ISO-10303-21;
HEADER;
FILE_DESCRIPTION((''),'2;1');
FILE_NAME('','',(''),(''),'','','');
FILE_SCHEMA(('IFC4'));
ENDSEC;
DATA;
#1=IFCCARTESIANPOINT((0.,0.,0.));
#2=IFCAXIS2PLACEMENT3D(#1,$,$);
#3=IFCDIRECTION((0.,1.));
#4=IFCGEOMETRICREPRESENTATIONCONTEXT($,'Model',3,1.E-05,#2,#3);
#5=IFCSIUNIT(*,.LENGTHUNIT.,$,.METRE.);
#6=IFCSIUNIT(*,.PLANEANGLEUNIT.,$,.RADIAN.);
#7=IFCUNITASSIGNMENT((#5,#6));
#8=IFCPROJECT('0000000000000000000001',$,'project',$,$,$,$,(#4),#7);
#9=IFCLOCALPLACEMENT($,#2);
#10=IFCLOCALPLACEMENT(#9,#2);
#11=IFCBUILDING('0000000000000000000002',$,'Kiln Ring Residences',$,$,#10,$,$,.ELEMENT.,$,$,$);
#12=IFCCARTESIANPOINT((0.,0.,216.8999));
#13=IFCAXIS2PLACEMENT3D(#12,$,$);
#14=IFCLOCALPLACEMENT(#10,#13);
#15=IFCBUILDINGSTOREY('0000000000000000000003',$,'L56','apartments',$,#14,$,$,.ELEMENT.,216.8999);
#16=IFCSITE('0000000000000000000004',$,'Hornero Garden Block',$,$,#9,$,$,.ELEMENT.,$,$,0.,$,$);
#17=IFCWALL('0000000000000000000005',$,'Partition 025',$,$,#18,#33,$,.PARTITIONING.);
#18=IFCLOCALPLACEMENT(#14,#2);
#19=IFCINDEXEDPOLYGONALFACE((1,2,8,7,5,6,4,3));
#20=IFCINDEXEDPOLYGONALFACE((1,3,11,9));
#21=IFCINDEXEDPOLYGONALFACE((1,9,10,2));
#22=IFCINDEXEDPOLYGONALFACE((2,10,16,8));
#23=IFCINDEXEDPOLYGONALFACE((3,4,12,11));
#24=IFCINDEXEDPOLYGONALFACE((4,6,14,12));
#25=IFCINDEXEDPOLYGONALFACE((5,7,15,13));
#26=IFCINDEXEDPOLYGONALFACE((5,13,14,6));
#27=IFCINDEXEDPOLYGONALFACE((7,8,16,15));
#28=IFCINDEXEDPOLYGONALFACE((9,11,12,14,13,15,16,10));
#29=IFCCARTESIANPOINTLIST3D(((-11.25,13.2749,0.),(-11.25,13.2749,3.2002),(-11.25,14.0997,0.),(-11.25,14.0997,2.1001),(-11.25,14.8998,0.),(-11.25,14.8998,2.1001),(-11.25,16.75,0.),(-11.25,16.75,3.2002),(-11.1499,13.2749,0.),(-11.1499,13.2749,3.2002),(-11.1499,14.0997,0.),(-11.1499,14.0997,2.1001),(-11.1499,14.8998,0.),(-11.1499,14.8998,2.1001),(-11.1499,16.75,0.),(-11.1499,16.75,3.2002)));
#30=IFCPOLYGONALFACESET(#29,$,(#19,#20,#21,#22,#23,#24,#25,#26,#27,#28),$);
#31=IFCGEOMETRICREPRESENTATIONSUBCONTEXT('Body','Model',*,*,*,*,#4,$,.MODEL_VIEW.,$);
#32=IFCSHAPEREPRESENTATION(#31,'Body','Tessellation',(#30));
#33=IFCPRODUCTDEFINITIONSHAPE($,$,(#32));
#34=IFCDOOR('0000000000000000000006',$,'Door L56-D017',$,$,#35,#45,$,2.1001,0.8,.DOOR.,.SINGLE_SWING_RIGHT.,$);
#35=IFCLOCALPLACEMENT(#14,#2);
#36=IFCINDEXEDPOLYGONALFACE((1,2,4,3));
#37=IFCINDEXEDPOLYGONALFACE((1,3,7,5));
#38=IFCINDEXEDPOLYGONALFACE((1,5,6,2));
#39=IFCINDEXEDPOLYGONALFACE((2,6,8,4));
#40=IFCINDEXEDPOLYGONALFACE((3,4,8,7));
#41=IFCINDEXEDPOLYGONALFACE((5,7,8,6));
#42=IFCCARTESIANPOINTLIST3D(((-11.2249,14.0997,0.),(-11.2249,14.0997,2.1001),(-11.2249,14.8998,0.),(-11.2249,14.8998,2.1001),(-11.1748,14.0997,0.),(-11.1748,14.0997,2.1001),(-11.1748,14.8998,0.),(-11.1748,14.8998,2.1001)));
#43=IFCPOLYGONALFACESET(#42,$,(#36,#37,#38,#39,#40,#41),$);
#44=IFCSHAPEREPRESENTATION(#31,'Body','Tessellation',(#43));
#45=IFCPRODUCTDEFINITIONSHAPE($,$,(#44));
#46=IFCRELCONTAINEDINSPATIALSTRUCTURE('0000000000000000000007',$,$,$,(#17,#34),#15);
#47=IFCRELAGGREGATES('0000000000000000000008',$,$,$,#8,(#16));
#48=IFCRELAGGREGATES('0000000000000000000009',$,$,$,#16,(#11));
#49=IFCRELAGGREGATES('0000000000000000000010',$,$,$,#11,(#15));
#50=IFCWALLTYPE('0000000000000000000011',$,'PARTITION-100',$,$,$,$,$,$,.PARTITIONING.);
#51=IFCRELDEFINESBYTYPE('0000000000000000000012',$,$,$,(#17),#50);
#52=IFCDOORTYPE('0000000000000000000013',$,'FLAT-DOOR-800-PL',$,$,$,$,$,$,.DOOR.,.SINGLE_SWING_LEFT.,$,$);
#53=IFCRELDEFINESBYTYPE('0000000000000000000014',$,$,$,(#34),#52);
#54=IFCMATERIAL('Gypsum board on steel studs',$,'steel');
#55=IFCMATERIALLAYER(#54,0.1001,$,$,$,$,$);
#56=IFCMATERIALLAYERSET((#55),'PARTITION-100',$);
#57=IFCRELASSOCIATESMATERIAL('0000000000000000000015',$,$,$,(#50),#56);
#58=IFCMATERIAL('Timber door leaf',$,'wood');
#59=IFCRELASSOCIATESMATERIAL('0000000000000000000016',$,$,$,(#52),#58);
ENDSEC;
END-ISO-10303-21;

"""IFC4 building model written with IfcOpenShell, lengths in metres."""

from ifc_helpers import new_model, si_unit, direction, frame, frame_2d, origin, place, context, subcontext, project, spatial, rectangle, extrude, material, layer, layer_set, type_object, element, fill, save


model = new_model("IFC4")

# Units and contexts
model_context = context("Model", 3, precision=1e-05, world=origin(), true_north=direction((0.0, 1.0)))
body_context = subcontext(model_context, "Body", "Model", "MODEL_VIEW")
ifc_project = project(units=[si_unit("LENGTHUNIT", "METRE"), si_unit("PLANEANGLEUNIT", "RADIAN")], contexts=[model_context])

# Site, building, storey
site_placement = place(None, origin())
site = spatial("IfcSite", under=ifc_project, at=site_placement, Name="Hornero Garden Block", CompositionType="ELEMENT", RefElevation=0.0)
building_placement = place(site_placement, origin())
building = spatial("IfcBuilding", under=site, at=building_placement, Name="Kiln Ring Residences", CompositionType="ELEMENT")
storey_placement = place(building_placement, frame((0.0, 0.0, 216.8999)))
storey = spatial("IfcBuildingStorey", under=building, at=storey_placement, Name="L56", Description="apartments", CompositionType="ELEMENT", Elevation=216.8999)

# Shared definitions
ifc_material_1 = material(Name="Gypsum board on steel studs", Category="steel")
ifc_layer_1 = layer(ifc_material_1, 0.1001)
ifc_layer_set_1 = layer_set([ifc_layer_1], Name="PARTITION-100")
wall_type_1 = type_object("IfcWallType", Name="PARTITION-100", PredefinedType="PARTITIONING", material=ifc_layer_set_1)

# Wall, opening, door
wall_1_placement = place(storey_placement, frame((-11.2, 13.2749, 0.0), z_axis=(0.0, 0.0, 1.0), x_axis=(0.0, 1.0, 0.0)))
wall_1 = element("IfcWall", 1, at=wall_1_placement, inside=storey, type_object=wall_type_1, Name="Partition 025", PredefinedType="PARTITIONING", context=body_context, shape_type="SweptSolid", body=[
    extrude(rectangle(XDim=3.4751, YDim=0.1001, at=frame_2d((1.7375, 0.0))), origin(), (0.0, 0.0, 1.0), 3.2002),
])
opening_1_placement = place(wall_1_placement, frame((0.825, 0.0, 0.0)))
opening_1 = element("IfcOpeningElement", 2, at=opening_1_placement, cuts=wall_1, PredefinedType="OPENING", context=body_context, shape_type="SweptSolid", body=[
    extrude(rectangle(XDim=0.8, YDim=2.1001, at=frame_2d((0.3999, 1.05))), frame((0.0, 0.0601, 0.0), z_axis=(0.0, -1.0, 0.0), x_axis=(1.0, 0.0, 0.0)), (0.0, 0.0, 1.0), 0.1201),
])
ifc_material_2 = material(Name="Timber door leaf", Category="wood")
door_type = type_object("IfcDoorType", Name="FLAT-DOOR-800-PL", OperationType="SINGLE_SWING_LEFT", PredefinedType="DOOR", material=ifc_material_2)
door_placement = place(opening_1_placement, origin())
door = element("IfcDoor", 3, at=door_placement, inside=storey, type_object=door_type, Name="Door L56-D017", OperationType="SINGLE_SWING_RIGHT", OverallHeight=2.1001, OverallWidth=0.8, PredefinedType="DOOR", context=body_context, shape_type="SweptSolid", body=[
    extrude(rectangle(XDim=0.8, YDim=2.1001, at=frame_2d((0.3999, 1.05))), frame((0.0, 0.0249, 0.0), z_axis=(0.0, -1.0, 0.0), x_axis=(1.0, 0.0, 0.0)), (0.0, 0.0, 1.0), 0.05),
])
fill(opening_1, door)

save(model, "model.ifc")
